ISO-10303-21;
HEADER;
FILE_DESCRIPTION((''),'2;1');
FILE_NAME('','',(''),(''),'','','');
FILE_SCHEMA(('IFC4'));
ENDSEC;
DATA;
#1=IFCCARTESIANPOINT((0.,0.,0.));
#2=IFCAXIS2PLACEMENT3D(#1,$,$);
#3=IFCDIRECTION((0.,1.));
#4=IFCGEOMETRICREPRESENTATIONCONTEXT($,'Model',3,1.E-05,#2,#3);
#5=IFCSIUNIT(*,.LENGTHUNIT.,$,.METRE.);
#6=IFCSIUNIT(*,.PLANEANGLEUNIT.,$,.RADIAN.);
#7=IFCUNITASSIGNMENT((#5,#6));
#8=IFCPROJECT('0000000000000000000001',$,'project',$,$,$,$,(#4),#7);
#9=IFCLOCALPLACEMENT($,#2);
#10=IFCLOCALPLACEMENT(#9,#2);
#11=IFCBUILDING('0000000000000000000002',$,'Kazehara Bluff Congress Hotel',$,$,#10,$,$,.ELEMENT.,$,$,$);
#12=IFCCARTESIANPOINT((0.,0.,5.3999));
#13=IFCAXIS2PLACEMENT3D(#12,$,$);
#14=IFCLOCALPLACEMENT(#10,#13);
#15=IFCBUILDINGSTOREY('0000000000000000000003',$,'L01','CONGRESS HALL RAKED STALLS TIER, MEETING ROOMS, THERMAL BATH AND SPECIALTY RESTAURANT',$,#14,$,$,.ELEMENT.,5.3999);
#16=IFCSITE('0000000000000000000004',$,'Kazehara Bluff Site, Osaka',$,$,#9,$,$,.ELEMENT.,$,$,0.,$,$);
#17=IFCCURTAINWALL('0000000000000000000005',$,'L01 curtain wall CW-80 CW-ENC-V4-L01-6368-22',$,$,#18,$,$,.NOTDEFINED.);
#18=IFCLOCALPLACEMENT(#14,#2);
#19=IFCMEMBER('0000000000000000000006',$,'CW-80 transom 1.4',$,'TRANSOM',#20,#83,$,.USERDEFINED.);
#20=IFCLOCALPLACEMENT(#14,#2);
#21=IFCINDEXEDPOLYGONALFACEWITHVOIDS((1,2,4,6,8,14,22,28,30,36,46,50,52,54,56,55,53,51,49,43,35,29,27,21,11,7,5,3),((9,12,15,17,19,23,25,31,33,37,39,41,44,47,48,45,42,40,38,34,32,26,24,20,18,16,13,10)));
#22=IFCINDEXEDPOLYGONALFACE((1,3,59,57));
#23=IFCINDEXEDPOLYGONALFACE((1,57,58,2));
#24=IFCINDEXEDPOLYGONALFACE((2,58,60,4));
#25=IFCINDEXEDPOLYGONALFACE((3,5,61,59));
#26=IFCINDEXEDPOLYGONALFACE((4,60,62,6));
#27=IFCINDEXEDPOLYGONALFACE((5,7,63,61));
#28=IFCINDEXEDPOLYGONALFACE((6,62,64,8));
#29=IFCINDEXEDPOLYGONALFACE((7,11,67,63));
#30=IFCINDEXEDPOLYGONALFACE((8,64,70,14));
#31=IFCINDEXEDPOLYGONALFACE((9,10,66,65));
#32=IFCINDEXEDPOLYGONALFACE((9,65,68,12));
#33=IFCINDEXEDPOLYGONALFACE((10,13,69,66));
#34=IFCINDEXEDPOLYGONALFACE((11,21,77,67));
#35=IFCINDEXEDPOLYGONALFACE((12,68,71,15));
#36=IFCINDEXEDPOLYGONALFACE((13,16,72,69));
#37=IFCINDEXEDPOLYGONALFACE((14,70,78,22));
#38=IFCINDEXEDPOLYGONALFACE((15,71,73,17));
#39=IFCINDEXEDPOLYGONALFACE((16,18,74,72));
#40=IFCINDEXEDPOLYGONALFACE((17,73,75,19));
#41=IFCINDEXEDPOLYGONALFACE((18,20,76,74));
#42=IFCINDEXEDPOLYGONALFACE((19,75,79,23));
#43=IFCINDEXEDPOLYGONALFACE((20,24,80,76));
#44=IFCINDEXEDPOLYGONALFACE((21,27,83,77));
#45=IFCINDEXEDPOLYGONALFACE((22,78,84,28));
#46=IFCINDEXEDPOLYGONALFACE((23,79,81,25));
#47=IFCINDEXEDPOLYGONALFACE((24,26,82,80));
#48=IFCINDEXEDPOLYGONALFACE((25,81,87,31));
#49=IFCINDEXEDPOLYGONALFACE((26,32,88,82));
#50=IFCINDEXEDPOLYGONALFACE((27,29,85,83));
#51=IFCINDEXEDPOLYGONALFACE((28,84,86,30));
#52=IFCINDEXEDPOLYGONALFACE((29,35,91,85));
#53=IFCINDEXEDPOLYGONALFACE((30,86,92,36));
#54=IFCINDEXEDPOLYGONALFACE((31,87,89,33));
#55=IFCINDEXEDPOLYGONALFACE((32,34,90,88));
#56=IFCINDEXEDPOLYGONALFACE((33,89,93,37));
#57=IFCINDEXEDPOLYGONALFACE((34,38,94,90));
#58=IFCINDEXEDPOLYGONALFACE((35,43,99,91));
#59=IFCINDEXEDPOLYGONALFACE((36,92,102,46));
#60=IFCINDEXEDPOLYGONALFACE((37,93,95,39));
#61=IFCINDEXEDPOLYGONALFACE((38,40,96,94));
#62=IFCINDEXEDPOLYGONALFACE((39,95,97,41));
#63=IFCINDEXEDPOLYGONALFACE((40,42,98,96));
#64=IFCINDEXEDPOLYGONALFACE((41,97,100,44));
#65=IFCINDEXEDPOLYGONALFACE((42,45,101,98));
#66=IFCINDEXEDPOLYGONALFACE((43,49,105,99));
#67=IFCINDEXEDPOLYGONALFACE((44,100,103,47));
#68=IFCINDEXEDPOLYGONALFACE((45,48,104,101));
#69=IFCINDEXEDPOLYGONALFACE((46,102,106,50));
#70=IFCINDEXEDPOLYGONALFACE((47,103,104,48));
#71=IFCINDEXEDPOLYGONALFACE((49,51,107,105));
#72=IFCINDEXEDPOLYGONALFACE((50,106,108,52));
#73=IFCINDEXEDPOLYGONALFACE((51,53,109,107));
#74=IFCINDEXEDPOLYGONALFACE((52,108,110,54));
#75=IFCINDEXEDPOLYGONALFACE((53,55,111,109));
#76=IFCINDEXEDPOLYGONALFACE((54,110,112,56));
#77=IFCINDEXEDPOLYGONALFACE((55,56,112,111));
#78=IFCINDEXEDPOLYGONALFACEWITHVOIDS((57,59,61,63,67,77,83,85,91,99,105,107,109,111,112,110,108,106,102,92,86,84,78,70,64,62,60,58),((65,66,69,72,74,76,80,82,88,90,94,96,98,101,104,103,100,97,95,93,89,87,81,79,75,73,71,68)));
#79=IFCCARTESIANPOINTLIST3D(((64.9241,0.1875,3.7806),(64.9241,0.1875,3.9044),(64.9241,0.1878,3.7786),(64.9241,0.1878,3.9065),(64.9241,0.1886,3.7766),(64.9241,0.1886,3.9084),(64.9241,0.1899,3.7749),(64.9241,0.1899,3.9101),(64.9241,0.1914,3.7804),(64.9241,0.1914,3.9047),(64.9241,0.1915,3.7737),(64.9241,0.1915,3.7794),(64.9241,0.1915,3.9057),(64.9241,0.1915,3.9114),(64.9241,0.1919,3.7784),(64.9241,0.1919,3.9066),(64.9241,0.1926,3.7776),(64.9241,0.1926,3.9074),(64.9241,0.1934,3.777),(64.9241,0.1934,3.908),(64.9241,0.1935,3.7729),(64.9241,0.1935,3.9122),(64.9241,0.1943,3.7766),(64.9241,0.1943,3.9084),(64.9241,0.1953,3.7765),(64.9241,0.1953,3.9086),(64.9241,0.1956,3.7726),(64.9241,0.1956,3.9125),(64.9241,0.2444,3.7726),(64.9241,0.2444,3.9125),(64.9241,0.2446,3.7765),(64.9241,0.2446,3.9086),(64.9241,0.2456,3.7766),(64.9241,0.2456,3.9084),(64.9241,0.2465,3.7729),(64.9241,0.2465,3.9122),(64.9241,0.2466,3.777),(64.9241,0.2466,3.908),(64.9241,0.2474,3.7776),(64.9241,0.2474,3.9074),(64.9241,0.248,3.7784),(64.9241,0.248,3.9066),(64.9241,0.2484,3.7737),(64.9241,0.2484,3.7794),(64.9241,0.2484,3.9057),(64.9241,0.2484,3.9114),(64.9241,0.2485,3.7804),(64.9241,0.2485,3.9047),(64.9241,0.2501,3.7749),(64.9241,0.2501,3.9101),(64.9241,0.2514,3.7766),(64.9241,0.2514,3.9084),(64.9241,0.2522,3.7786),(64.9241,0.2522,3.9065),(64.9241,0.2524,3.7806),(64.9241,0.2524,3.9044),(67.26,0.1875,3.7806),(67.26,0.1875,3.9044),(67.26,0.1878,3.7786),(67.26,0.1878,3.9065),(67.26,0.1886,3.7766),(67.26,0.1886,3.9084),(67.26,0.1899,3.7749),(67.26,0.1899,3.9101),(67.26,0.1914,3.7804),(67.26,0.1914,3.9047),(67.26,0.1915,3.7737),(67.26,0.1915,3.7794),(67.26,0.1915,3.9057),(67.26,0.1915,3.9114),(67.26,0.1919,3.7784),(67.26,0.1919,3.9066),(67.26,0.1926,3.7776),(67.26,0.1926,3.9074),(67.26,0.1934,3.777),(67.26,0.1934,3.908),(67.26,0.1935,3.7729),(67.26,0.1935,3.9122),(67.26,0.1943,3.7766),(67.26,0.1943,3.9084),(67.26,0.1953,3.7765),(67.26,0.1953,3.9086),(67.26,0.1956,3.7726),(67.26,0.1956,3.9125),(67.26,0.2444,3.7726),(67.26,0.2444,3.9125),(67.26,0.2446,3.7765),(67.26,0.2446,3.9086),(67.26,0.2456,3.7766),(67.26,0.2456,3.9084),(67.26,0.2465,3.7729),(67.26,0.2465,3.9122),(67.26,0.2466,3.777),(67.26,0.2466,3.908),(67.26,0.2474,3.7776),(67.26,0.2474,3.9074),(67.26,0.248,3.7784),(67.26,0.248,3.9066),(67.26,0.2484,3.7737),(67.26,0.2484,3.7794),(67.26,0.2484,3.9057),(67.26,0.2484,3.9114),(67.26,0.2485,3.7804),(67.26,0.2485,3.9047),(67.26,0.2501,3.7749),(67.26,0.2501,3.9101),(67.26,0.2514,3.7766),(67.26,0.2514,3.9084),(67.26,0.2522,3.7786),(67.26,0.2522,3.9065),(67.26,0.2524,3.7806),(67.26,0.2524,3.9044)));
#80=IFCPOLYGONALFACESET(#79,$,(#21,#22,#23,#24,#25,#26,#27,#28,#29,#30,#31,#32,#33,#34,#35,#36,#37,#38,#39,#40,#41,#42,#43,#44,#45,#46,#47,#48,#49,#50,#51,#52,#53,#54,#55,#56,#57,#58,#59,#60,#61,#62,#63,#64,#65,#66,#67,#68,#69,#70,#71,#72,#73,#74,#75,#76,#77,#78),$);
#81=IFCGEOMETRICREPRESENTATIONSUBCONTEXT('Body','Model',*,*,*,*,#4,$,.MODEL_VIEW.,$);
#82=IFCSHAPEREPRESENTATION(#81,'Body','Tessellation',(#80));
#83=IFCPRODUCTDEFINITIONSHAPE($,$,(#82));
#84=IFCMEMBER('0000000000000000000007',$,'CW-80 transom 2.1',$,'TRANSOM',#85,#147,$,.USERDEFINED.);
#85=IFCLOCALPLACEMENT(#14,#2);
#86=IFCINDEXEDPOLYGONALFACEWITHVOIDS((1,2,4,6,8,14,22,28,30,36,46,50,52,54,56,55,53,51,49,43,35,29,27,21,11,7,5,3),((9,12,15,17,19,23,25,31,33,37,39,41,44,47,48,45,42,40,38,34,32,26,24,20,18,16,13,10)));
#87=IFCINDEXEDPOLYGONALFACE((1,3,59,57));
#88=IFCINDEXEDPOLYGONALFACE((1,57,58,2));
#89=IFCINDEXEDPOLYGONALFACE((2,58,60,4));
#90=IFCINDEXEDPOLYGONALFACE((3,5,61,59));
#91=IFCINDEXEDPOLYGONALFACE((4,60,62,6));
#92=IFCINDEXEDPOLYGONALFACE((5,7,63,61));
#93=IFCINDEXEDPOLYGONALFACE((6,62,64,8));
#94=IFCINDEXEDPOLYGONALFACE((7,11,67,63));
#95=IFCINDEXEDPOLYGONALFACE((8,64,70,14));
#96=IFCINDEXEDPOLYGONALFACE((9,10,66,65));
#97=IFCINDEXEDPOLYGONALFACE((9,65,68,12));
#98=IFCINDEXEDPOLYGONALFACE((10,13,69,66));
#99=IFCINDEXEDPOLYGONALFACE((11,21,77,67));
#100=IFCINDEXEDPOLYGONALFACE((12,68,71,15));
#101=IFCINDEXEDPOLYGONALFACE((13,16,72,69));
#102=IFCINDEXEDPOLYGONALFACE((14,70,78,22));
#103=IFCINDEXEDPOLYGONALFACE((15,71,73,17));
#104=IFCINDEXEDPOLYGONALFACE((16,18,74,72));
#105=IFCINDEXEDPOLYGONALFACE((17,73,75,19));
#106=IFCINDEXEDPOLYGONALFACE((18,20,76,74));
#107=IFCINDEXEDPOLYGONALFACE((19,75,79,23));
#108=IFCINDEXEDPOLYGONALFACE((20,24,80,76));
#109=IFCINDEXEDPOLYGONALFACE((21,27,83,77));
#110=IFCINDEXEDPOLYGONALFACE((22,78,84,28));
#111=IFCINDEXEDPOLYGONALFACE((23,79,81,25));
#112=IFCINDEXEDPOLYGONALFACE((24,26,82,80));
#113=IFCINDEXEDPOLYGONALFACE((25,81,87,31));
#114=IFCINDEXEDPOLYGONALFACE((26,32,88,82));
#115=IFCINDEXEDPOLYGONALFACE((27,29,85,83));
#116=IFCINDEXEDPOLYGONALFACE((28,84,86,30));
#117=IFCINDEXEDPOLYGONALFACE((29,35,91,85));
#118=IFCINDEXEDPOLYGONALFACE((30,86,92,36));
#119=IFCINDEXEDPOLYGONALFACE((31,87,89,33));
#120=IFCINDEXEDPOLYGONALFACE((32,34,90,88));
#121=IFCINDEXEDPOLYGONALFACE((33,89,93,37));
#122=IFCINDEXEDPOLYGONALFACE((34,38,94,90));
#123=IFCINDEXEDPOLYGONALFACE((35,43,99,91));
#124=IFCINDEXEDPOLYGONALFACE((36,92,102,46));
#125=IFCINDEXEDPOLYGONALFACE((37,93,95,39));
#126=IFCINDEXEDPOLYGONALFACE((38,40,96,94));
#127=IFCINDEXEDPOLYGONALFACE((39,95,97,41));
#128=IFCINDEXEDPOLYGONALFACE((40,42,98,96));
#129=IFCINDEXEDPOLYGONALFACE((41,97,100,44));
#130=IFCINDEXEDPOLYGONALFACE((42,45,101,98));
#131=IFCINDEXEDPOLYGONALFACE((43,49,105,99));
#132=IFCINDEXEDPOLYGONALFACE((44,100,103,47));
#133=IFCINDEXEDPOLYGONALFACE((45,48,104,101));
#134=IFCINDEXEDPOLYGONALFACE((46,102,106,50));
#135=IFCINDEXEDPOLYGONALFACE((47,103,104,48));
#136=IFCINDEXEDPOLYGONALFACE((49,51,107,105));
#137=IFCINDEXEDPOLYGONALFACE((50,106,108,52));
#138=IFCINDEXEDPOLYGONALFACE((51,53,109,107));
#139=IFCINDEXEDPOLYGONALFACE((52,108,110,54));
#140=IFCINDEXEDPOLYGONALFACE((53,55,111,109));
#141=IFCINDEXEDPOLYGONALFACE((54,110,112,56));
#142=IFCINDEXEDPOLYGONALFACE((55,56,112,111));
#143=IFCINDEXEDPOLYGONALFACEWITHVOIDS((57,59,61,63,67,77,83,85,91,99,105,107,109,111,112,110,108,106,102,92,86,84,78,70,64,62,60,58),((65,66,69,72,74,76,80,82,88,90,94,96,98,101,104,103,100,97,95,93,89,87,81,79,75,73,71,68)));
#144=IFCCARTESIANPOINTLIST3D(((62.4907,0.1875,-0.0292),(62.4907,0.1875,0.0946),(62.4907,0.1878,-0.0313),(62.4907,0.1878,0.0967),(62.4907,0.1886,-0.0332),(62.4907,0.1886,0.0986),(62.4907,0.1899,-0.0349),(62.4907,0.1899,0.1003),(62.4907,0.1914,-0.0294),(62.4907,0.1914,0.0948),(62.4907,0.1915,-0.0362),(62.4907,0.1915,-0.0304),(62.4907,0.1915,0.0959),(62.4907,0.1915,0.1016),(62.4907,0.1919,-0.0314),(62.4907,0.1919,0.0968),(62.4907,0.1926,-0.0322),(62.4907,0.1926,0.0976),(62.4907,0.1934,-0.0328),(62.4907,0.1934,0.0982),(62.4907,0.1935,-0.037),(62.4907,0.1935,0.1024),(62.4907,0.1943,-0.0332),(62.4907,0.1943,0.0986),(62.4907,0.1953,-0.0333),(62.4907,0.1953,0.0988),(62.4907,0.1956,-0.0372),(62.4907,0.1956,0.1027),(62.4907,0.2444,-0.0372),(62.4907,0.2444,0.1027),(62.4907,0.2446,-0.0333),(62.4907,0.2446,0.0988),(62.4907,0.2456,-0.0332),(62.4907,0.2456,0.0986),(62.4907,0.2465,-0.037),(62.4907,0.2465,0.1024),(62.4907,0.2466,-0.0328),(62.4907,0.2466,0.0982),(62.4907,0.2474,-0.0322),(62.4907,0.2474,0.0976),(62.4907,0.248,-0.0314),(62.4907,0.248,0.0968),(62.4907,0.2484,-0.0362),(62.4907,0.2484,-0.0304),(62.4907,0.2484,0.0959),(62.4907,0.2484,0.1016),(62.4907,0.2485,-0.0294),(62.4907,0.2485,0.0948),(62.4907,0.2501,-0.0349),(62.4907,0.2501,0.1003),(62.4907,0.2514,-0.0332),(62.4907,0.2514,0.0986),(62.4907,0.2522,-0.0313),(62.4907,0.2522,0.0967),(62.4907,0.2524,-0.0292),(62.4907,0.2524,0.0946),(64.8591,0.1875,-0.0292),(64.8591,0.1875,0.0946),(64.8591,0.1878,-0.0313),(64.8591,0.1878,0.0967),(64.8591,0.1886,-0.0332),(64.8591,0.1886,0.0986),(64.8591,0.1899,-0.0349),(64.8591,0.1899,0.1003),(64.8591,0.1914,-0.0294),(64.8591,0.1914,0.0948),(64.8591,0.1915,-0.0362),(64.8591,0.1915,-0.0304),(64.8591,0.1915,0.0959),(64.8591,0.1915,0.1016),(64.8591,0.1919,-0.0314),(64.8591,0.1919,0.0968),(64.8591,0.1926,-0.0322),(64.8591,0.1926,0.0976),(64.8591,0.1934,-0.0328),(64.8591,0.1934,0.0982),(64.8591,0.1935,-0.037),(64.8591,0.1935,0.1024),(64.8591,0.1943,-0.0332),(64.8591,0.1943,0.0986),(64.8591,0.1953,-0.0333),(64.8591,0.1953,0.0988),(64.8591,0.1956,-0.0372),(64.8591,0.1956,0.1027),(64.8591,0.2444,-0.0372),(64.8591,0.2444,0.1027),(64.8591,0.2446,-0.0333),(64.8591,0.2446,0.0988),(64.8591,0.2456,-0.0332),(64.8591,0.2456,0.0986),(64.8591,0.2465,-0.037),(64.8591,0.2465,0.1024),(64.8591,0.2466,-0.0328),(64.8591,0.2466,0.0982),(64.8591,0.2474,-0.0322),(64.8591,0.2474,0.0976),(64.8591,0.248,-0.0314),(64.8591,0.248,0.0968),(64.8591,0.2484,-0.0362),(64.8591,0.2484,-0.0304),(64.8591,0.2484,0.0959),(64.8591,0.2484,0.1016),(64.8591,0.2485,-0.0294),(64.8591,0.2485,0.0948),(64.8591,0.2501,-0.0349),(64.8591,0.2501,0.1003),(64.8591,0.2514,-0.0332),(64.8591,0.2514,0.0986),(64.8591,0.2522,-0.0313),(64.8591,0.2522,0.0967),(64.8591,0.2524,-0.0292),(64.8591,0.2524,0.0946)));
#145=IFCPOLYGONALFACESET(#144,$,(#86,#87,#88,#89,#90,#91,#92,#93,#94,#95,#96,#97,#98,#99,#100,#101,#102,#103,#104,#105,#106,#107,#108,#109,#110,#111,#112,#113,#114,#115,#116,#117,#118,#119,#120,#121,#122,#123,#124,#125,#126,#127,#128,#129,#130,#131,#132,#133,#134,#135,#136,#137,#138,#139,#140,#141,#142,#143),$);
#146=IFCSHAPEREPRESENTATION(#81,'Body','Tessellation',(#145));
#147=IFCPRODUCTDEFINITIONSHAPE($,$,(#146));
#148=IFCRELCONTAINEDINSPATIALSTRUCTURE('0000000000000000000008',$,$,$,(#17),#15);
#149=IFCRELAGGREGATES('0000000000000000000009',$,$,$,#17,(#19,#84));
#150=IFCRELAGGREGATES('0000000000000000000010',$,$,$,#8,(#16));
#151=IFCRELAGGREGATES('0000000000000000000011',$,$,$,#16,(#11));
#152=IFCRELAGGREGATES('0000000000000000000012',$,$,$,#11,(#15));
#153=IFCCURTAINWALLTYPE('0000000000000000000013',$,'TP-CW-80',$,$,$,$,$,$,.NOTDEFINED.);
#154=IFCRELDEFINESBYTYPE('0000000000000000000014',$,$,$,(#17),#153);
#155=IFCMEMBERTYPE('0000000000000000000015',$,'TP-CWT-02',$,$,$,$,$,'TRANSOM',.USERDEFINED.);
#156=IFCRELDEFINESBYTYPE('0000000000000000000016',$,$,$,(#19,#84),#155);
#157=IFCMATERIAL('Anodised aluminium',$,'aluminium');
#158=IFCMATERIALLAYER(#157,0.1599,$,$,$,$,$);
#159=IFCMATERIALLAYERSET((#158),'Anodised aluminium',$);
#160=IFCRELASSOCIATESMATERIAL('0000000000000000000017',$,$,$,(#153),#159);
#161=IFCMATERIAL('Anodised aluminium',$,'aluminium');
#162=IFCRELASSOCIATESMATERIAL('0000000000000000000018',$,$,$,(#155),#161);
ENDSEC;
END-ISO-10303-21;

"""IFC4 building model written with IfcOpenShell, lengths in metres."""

from ifc_helpers import new_model, si_unit, direction, frame, origin, origin_2d, place, context, subcontext, project, spatial, hollow_rectangle, extrude, material, layer, layer_set, material_profile, profile_set, type_object, element, aggregate, save


model = new_model("IFC4")

# Units and contexts
model_context = context("Model", 3, precision=1e-05, world=origin(), true_north=direction((0.0, 1.0)))
body_context = subcontext(model_context, "Body", "Model", "MODEL_VIEW")
ifc_project = project(units=[si_unit("LENGTHUNIT", "METRE"), si_unit("PLANEANGLEUNIT", "RADIAN")], contexts=[model_context])

# Site, building, storey
site_placement = place(None, origin())
site = spatial("IfcSite", under=ifc_project, at=site_placement, Name="Kazehara Bluff Site, Osaka", CompositionType="ELEMENT", RefElevation=0.0)
building_placement = place(site_placement, origin())
building = spatial("IfcBuilding", under=site, at=building_placement, Name="Kazehara Bluff Congress Hotel", CompositionType="ELEMENT")
storey_placement = place(building_placement, frame((0.0, 0.0, 5.3999)))
storey = spatial("IfcBuildingStorey", under=building, at=storey_placement, Name="L01", Description="CONGRESS HALL RAKED STALLS TIER, MEETING ROOMS, THERMAL BATH AND SPECIALTY RESTAURANT", CompositionType="ELEMENT", Elevation=5.3999)

# Curtain wall
ifc_material_1 = material(Name="Anodised aluminium", Category="aluminium")
ifc_layer_1 = layer(ifc_material_1, 0.1599)
ifc_layer_set_1 = layer_set([ifc_layer_1], Name="Anodised aluminium")
curtain_wall_type_1 = type_object("IfcCurtainWallType", Name="TP-CW-80", PredefinedType="NOTDEFINED", material=ifc_layer_set_1)
curtain_wall_1_placement = place(storey_placement, origin())
curtain_wall_1 = element("IfcCurtainWall", 1, at=curtain_wall_1_placement, inside=storey, type_object=curtain_wall_type_1, Name="L01 curtain wall CW-80 CW-ENC-V4-L01-6368-22", PredefinedType="NOTDEFINED")

# Members
ifc_material_2 = material(Name="Anodised aluminium", Category="aluminium")
ifc_material_profile_1 = material_profile(ifc_material_2, hollow_rectangle(XDim=0.0649, YDim=0.1399, WallThickness=0.0039, InnerFilletRadius=0.0039, OuterFilletRadius=0.0081, at=origin_2d()))
ifc_profile_set_1 = profile_set([ifc_material_profile_1], Name="Anodised aluminium")
member_type_1 = type_object("IfcMemberType", Name="TP-CWT-02", ElementType="TRANSOM", PredefinedType="USERDEFINED", material=ifc_profile_set_1)
member_1_placement = place(storey_placement, frame((67.26, 0.22, 3.8425), z_axis=(-1.0, 0.0, 0.0), x_axis=(0.0, -1.0, 0.0)))
member_1 = element("IfcMember", 2, at=member_1_placement, type_object=member_type_1, Name="CW-80 transom 1.4", ObjectType="TRANSOM", PredefinedType="USERDEFINED", context=body_context, shape_type="SweptSolid", body=[
    extrude(hollow_rectangle(XDim=0.0649, YDim=0.1399, WallThickness=0.0039, InnerFilletRadius=0.0039, OuterFilletRadius=0.0081, at=origin_2d()), origin(), (0.0, 0.0, 1.0), 2.3359),
])
member_2_placement = place(storey_placement, frame((64.8591, 0.22, 0.0327), z_axis=(-1.0, 0.0, 0.0), x_axis=(0.0, -1.0, 0.0)))
member_2 = element("IfcMember", 3, at=member_2_placement, type_object=member_type_1, Name="CW-80 transom 2.1", ObjectType="TRANSOM", PredefinedType="USERDEFINED", context=body_context, shape_type="SweptSolid", body=[
    extrude(hollow_rectangle(XDim=0.0649, YDim=0.1399, WallThickness=0.0039, InnerFilletRadius=0.0039, OuterFilletRadius=0.0081, at=origin_2d()), origin(), (0.0, 0.0, 1.0), 2.3684),
])

aggregate(curtain_wall_1, [member_1, member_2])

save(model, "model.ifc")
